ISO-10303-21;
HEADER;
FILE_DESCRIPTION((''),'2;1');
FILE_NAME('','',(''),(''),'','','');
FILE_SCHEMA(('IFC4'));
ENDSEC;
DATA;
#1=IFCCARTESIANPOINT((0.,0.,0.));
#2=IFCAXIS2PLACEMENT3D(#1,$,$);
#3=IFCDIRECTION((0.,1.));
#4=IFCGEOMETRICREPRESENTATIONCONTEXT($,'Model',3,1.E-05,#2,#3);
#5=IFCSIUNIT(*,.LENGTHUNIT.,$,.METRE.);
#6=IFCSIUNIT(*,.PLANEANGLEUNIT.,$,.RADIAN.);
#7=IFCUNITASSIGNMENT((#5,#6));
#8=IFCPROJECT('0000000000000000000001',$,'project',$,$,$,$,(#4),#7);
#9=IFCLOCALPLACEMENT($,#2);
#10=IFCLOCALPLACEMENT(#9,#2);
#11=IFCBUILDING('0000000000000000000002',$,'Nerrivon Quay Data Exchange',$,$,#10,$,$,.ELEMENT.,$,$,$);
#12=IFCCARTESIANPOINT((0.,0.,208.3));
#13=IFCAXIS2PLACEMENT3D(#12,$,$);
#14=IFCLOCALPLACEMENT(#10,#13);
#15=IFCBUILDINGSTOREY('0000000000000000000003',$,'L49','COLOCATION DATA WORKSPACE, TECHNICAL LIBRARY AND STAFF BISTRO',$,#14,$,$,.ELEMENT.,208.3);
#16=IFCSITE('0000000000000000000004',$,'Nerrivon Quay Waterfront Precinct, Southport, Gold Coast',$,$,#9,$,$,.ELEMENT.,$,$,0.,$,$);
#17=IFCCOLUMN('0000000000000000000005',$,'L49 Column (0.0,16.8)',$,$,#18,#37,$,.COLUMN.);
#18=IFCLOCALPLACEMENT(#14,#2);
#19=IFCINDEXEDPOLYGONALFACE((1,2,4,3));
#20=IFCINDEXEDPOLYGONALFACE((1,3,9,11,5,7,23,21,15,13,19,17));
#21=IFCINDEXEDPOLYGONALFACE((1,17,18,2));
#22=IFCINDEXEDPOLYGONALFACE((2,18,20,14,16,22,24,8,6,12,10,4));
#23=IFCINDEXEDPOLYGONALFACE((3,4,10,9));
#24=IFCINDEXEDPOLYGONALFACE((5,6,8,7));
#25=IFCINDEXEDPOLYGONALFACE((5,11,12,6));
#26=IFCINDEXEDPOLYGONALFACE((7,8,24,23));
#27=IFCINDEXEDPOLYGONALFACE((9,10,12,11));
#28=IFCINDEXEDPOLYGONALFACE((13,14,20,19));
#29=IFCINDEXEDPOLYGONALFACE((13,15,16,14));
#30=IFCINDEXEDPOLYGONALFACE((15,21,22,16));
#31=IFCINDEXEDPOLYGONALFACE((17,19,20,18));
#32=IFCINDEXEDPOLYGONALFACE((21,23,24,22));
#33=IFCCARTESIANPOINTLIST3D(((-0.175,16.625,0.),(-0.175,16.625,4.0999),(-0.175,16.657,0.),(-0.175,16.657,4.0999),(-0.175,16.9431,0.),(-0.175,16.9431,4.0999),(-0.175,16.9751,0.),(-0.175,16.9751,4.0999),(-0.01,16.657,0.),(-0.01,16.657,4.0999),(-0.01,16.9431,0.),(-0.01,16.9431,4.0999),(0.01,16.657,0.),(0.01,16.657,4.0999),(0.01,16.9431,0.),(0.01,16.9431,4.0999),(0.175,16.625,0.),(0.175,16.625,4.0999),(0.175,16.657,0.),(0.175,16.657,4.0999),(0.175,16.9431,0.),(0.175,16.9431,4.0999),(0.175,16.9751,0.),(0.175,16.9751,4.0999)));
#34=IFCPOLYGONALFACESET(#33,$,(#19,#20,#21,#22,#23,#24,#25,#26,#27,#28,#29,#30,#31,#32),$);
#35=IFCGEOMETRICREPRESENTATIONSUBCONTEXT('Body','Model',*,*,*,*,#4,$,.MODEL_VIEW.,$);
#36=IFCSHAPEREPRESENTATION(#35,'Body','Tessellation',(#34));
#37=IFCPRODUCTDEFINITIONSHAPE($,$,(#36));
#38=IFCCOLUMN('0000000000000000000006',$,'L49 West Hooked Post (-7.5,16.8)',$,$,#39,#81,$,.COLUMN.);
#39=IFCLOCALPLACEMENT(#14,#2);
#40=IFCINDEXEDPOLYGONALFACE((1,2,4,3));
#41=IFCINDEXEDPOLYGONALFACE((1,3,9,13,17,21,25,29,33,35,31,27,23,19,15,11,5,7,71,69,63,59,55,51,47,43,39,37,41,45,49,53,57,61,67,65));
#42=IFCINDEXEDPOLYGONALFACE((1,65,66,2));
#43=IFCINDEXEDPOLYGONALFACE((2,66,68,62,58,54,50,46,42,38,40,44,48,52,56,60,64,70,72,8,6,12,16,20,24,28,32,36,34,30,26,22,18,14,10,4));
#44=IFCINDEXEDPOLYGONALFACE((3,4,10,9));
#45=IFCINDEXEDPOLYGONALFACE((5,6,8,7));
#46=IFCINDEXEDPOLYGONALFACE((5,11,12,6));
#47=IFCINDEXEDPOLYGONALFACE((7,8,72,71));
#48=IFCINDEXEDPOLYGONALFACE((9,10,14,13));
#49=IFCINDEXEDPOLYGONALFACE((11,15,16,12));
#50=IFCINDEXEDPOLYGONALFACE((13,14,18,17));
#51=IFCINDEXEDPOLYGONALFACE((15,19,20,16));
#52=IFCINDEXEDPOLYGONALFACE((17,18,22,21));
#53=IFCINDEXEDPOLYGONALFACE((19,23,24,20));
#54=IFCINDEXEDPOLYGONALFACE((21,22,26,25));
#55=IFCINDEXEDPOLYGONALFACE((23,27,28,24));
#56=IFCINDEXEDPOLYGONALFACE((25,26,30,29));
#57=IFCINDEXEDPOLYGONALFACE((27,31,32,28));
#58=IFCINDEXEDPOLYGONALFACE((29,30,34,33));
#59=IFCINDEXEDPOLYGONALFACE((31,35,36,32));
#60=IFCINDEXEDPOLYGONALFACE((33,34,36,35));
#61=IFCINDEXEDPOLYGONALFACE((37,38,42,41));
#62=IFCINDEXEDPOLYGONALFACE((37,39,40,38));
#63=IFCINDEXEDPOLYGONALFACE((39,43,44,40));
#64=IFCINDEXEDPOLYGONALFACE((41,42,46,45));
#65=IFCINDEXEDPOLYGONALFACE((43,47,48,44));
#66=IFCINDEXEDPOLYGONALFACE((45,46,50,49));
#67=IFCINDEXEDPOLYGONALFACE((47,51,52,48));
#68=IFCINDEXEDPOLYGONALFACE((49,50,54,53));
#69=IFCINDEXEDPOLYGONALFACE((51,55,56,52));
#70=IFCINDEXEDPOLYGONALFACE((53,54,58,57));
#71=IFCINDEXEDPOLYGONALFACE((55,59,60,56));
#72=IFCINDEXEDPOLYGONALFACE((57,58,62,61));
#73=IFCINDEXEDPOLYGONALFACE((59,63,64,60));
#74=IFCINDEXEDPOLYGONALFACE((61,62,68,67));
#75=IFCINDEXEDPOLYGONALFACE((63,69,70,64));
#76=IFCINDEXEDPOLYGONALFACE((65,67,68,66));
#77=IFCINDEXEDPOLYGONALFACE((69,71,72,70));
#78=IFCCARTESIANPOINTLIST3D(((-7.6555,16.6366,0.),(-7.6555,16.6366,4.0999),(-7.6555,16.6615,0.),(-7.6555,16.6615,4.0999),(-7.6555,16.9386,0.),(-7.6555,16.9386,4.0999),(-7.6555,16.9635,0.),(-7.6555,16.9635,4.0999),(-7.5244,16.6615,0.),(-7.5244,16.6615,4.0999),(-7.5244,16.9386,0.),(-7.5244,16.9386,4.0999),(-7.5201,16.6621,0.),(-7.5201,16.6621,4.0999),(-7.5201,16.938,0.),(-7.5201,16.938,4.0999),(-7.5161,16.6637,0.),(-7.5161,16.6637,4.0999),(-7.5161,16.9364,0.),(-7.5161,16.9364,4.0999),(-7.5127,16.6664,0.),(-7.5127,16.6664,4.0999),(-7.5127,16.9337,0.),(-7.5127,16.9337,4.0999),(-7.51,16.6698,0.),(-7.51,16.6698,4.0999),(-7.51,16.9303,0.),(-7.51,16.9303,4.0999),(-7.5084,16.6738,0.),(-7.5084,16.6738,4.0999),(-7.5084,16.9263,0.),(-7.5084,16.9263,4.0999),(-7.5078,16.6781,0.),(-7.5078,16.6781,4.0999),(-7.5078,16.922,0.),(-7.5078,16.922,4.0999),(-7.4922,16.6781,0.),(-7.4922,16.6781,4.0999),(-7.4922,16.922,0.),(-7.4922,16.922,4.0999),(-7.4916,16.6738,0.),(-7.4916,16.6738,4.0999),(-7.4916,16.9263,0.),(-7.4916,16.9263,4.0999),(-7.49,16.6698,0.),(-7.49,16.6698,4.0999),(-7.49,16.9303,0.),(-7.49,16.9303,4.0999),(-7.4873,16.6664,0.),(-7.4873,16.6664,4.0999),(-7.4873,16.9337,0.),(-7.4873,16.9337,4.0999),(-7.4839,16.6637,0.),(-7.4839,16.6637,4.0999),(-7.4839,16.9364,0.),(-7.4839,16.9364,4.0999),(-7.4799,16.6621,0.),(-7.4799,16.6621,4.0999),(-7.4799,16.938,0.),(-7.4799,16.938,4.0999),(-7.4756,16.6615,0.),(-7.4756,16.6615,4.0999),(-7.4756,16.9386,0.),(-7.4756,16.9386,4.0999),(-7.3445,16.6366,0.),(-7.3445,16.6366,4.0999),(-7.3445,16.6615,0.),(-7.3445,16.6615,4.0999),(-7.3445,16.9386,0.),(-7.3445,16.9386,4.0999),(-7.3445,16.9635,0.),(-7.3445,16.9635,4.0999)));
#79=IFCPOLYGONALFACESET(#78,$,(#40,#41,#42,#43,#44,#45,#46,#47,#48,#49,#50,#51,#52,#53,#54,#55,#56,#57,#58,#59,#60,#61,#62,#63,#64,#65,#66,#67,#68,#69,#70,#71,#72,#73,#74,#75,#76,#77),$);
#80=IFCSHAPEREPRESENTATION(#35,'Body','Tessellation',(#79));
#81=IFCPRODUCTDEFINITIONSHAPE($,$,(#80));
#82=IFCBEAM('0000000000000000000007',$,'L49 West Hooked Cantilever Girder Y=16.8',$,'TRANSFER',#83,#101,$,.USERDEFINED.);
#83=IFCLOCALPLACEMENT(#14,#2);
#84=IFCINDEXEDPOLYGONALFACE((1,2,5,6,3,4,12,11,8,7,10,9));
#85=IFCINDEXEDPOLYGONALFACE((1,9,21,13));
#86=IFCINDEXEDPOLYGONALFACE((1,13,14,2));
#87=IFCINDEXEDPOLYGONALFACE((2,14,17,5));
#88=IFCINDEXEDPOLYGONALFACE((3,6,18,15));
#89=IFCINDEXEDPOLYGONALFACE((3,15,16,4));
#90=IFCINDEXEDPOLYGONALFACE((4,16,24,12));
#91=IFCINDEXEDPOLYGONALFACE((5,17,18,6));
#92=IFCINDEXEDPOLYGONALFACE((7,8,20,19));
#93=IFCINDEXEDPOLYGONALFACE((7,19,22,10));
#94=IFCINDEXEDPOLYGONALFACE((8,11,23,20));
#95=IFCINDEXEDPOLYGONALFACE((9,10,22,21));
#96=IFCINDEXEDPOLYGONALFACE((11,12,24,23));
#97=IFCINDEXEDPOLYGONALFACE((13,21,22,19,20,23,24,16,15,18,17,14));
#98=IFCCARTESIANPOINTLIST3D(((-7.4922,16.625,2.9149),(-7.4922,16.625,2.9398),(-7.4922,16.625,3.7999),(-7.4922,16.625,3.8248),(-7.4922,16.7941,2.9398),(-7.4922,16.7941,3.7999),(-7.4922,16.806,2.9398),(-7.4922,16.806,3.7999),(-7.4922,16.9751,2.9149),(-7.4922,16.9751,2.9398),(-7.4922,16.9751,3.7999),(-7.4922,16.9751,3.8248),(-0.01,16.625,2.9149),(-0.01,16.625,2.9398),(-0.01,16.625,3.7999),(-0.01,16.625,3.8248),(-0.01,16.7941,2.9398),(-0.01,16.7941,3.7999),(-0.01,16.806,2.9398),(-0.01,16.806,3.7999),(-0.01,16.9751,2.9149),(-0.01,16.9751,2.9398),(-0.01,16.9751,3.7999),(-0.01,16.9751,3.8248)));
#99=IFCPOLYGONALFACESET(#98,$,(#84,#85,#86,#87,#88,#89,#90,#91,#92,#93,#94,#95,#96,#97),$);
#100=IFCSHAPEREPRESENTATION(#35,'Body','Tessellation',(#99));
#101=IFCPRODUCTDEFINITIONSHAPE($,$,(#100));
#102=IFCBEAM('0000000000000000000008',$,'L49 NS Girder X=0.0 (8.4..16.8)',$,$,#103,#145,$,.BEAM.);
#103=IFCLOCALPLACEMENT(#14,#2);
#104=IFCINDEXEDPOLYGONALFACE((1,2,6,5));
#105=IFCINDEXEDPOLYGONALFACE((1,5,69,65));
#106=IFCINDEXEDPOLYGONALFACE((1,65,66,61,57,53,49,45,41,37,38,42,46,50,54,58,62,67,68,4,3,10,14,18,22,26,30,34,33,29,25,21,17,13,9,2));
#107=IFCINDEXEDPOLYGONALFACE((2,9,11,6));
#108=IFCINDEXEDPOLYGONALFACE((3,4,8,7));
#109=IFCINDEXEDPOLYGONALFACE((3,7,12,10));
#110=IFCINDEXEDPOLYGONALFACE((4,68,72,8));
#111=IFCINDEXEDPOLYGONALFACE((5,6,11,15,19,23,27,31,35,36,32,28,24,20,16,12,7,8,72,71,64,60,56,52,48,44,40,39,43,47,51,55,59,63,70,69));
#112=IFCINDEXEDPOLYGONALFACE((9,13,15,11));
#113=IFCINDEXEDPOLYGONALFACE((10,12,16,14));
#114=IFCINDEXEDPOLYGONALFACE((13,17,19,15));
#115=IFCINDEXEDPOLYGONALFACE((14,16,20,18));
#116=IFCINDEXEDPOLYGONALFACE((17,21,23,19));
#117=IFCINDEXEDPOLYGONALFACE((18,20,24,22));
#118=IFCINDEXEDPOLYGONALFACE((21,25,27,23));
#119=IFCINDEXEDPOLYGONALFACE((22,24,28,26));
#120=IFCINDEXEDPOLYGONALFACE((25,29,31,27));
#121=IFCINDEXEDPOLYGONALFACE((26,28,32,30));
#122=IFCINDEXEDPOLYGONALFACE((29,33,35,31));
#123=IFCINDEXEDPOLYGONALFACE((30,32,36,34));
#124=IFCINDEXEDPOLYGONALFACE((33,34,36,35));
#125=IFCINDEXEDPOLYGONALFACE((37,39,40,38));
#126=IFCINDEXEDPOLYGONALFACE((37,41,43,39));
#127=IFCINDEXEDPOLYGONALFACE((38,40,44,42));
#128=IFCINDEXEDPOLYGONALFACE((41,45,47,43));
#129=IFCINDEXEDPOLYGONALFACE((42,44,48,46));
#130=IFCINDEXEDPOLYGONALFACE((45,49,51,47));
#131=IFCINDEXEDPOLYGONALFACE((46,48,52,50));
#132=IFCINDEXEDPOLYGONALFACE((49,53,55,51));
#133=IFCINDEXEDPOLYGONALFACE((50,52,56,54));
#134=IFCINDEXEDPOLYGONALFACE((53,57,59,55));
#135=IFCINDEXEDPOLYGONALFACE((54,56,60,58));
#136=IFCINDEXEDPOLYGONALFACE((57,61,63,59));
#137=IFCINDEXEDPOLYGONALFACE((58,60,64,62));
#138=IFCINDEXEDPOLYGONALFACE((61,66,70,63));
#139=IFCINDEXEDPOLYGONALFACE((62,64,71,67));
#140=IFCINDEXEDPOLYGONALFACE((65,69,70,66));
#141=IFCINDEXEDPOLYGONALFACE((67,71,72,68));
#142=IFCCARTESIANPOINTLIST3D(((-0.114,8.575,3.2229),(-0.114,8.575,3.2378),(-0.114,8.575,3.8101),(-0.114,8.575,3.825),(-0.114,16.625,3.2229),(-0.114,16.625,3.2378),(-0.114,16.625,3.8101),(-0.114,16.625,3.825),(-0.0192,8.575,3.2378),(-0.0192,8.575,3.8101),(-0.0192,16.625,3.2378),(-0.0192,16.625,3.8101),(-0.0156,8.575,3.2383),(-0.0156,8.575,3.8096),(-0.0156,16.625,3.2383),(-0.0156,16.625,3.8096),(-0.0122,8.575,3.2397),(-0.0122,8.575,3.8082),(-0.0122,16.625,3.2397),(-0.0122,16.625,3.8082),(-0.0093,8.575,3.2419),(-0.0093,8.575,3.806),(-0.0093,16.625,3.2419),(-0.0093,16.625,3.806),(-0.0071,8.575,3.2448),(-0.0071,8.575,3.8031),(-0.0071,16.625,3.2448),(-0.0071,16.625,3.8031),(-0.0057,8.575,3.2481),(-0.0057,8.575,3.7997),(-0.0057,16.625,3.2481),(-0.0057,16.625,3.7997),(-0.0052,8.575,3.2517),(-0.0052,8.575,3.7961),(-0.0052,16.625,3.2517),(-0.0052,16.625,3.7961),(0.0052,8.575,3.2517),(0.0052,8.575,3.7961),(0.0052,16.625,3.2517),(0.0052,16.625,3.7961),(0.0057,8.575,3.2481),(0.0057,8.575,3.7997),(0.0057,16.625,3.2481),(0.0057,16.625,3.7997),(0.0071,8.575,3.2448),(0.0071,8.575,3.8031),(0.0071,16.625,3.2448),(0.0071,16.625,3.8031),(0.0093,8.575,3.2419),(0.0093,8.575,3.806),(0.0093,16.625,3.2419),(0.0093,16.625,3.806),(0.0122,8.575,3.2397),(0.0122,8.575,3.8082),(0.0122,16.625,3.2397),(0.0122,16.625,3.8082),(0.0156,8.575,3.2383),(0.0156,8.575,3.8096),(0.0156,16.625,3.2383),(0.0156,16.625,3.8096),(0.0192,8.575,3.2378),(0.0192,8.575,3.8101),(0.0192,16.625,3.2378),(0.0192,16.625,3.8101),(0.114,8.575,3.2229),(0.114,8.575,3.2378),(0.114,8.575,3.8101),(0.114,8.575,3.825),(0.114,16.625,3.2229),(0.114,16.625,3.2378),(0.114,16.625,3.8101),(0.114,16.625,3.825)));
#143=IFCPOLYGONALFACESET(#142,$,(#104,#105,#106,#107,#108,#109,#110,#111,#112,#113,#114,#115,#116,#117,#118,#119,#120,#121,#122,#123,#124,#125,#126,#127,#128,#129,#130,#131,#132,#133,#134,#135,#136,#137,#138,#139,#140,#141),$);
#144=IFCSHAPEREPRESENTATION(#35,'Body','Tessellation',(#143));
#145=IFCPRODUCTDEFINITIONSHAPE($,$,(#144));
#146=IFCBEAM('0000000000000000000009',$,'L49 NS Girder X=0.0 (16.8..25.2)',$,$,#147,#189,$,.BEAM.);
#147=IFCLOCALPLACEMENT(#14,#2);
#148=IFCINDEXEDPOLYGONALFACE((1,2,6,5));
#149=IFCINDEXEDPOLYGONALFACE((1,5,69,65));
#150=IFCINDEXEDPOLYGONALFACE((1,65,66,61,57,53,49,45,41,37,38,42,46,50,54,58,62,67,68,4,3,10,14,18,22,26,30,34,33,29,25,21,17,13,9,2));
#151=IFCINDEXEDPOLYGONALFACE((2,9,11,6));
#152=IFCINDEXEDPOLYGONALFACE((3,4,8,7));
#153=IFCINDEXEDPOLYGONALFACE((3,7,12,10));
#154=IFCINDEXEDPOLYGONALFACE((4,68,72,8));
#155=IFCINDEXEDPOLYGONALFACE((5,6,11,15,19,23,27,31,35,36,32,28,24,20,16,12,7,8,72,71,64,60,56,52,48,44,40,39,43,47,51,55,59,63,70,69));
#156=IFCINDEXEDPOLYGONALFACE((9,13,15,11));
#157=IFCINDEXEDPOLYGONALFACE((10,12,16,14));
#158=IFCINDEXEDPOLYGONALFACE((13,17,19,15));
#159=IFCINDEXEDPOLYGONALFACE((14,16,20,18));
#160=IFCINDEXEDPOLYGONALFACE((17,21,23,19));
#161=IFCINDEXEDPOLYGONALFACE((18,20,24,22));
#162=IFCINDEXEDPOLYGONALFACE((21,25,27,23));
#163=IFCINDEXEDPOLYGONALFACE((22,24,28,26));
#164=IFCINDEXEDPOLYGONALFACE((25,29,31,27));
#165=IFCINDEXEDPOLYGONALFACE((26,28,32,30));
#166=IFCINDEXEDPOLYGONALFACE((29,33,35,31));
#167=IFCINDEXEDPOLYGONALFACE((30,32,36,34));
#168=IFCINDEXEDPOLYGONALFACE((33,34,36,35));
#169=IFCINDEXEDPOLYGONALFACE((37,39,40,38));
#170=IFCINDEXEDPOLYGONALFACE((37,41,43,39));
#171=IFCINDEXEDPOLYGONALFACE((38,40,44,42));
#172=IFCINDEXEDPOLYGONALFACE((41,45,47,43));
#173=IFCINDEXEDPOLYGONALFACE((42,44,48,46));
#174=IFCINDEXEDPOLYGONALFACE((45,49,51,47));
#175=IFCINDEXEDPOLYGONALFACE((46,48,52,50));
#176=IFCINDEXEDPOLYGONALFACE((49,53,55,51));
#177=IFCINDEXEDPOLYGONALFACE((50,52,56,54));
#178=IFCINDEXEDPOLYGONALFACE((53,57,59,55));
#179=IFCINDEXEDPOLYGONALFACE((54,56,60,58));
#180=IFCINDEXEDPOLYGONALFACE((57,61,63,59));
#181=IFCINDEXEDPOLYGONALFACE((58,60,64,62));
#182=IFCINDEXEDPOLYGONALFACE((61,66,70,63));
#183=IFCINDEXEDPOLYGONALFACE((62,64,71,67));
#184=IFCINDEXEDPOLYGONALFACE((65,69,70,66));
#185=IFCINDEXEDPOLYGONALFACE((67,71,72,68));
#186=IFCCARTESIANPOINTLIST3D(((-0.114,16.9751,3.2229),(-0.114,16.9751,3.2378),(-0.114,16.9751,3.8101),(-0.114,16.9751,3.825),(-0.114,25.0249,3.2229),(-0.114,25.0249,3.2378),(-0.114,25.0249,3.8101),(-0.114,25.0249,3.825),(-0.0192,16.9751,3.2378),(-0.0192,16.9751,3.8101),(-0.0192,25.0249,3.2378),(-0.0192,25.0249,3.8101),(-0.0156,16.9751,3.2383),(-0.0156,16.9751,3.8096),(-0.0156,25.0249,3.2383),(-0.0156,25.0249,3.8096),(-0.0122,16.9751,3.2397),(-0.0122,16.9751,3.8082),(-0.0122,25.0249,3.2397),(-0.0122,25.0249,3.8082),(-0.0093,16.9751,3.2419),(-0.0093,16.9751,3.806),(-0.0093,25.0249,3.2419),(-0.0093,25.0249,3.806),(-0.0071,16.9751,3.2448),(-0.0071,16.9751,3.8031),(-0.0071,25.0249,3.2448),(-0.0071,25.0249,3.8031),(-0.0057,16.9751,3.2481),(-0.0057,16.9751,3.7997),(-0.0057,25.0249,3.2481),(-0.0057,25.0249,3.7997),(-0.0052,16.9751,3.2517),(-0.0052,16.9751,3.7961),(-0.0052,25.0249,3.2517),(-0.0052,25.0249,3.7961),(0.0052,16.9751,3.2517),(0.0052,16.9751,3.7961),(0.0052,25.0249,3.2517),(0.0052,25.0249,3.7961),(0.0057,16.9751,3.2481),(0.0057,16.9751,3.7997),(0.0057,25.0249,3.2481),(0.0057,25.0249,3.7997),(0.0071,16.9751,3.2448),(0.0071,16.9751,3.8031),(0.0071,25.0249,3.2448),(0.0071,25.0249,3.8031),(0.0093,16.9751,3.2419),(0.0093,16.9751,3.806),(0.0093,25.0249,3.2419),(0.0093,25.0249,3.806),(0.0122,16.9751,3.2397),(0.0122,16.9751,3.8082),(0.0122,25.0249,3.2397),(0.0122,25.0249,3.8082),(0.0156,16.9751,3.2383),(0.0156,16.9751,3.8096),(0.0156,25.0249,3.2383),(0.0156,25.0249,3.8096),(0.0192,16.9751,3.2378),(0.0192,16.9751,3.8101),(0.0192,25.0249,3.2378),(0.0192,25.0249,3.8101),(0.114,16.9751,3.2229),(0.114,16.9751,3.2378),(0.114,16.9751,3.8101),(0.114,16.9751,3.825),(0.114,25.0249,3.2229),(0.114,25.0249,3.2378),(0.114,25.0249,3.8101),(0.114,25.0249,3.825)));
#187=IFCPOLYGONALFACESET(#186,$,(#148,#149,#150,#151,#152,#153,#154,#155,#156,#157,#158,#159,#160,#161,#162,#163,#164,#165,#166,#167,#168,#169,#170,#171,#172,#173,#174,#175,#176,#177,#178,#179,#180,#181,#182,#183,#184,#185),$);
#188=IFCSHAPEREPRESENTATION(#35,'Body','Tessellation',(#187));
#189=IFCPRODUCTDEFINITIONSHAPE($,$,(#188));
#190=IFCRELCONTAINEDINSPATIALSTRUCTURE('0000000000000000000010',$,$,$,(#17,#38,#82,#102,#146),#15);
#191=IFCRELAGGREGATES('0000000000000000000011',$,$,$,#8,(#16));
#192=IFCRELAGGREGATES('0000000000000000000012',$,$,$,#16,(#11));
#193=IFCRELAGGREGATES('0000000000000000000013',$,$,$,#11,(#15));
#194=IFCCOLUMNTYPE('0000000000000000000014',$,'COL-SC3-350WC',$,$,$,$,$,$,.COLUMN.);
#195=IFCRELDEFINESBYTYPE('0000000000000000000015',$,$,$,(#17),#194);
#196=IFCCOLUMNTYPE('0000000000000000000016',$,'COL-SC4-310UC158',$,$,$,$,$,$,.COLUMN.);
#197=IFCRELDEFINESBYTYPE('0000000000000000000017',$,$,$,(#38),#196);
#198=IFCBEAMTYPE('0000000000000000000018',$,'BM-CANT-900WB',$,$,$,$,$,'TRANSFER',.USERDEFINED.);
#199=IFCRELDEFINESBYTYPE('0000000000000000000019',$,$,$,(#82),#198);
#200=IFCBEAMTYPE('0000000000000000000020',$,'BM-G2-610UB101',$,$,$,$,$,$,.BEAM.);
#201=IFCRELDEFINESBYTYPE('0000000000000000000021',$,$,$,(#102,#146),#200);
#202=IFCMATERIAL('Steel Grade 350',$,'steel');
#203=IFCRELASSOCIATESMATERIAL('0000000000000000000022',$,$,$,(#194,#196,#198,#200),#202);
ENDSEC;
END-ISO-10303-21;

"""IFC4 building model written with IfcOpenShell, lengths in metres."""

from ifc_helpers import new_model, si_unit, direction, frame, origin, origin_2d, place, context, subcontext, project, spatial, i_section, extrude, material, material_profile, profile_set, type_object, element, save


model = new_model("IFC4")

# Units and contexts
model_context = context("Model", 3, precision=1e-05, world=origin(), true_north=direction((0.0, 1.0)))
body_context = subcontext(model_context, "Body", "Model", "MODEL_VIEW")
ifc_project = project(units=[si_unit("LENGTHUNIT", "METRE"), si_unit("PLANEANGLEUNIT", "RADIAN")], contexts=[model_context])

# Site, building, storey
site_placement = place(None, origin())
site = spatial("IfcSite", under=ifc_project, at=site_placement, Name="Nerrivon Quay Waterfront Precinct, Southport, Gold Coast", CompositionType="ELEMENT", RefElevation=0.0)
building_placement = place(site_placement, origin())
building = spatial("IfcBuilding", under=site, at=building_placement, Name="Nerrivon Quay Data Exchange", CompositionType="ELEMENT")
storey_placement = place(building_placement, frame((0.0, 0.0, 208.3)))
storey = spatial("IfcBuildingStorey", under=building, at=storey_placement, Name="L49", Description="COLOCATION DATA WORKSPACE, TECHNICAL LIBRARY AND STAFF BISTRO", CompositionType="ELEMENT", Elevation=208.3)

# Columns
ifc_material_1 = material(Name="Steel Grade 350", Category="steel")
ifc_material_profile_1 = material_profile(ifc_material_1, i_section(OverallWidth=0.3501, OverallDepth=0.3501, WebThickness=0.02, FlangeThickness=0.032, at=origin_2d()), Name="350WC230")
ifc_profile_set_1 = profile_set([ifc_material_profile_1], Name="Steel Grade 350")
column_type_1 = type_object("IfcColumnType", Name="COL-SC3-350WC", PredefinedType="COLUMN", material=ifc_profile_set_1)
column_1_placement = place(storey_placement, frame((0.0, 16.8, 0.0), z_axis=(0.0, 0.0, 1.0), x_axis=(1.0, 0.0, 0.0)))
element("IfcColumn", 1, at=column_1_placement, inside=storey, type_object=column_type_1, Name="L49 Column (0.0,16.8)", PredefinedType="COLUMN", context=body_context, shape_type="SweptSolid", body=[
    extrude(i_section(OverallWidth=0.3501, OverallDepth=0.3501, WebThickness=0.02, FlangeThickness=0.032, at=origin_2d()), origin(), (0.0, 0.0, 1.0), 4.0999),
])
ifc_material_profile_2 = material_profile(ifc_material_1, i_section(OverallWidth=0.311, OverallDepth=0.3269, WebThickness=0.0156, FlangeThickness=0.0249, FilletRadius=0.0166, at=origin_2d()), Name="310UC158")
ifc_profile_set_2 = profile_set([ifc_material_profile_2], Name="Steel Grade 350")
column_type_2 = type_object("IfcColumnType", Name="COL-SC4-310UC158", PredefinedType="COLUMN", material=ifc_profile_set_2)
column_2_placement = place(storey_placement, frame((-7.5, 16.8, 0.0), z_axis=(0.0, 0.0, 1.0), x_axis=(1.0, 0.0, 0.0)))
element("IfcColumn", 2, at=column_2_placement, inside=storey, type_object=column_type_2, Name="L49 West Hooked Post (-7.5,16.8)", PredefinedType="COLUMN", context=body_context, shape_type="SweptSolid", body=[
    extrude(i_section(OverallWidth=0.311, OverallDepth=0.3269, WebThickness=0.0156, FlangeThickness=0.0249, FilletRadius=0.0166, at=origin_2d()), origin(), (0.0, 0.0, 1.0), 4.0999),
])

# Beams
ifc_material_profile_3 = material_profile(ifc_material_1, i_section(OverallWidth=0.3501, OverallDepth=0.9099, WebThickness=0.012, FlangeThickness=0.0249, at=origin_2d()), Name="900WB218")
ifc_profile_set_3 = profile_set([ifc_material_profile_3], Name="Steel Grade 350")
beam_type_1 = type_object("IfcBeamType", Name="BM-CANT-900WB", ElementType="TRANSFER", PredefinedType="USERDEFINED", material=ifc_profile_set_3)
beam_1_placement = place(storey_placement, frame((-0.01, 16.8, 3.3699), z_axis=(-1.0, 0.0, 0.0), x_axis=(0.0, -1.0, 0.0)))
element("IfcBeam", 3, at=beam_1_placement, inside=storey, type_object=beam_type_1, Name="L49 West Hooked Cantilever Girder Y=16.8", ObjectType="TRANSFER", PredefinedType="USERDEFINED", context=body_context, shape_type="SweptSolid", body=[
    extrude(i_section(OverallWidth=0.3501, OverallDepth=0.9099, WebThickness=0.012, FlangeThickness=0.0249, at=origin_2d()), origin(), (0.0, 0.0, 1.0), 7.4822),
])
ifc_material_profile_4 = material_profile(ifc_material_1, i_section(OverallWidth=0.228, OverallDepth=0.6021, WebThickness=0.0105, FlangeThickness=0.0149, FilletRadius=0.0139, at=origin_2d()), Name="610UB101")
ifc_profile_set_4 = profile_set([ifc_material_profile_4], Name="Steel Grade 350")
beam_type_2 = type_object("IfcBeamType", Name="BM-G2-610UB101", PredefinedType="BEAM", material=ifc_profile_set_4)
beam_2_placement = place(storey_placement, frame((0.0, 8.575, 3.5239), z_axis=(0.0, 1.0, 0.0), x_axis=(-1.0, 0.0, 0.0)))
element("IfcBeam", 4, at=beam_2_placement, inside=storey, type_object=beam_type_2, Name="L49 NS Girder X=0.0 (8.4..16.8)", PredefinedType="BEAM", context=body_context, shape_type="SweptSolid", body=[
    extrude(i_section(OverallWidth=0.228, OverallDepth=0.6021, WebThickness=0.0105, FlangeThickness=0.0149, FilletRadius=0.0139, at=origin_2d()), origin(), (0.0, 0.0, 1.0), 8.05),
])
beam_3_placement = place(storey_placement, frame((0.0, 16.9751, 3.5239), z_axis=(0.0, 1.0, 0.0), x_axis=(-1.0, 0.0, 0.0)))
element("IfcBeam", 5, at=beam_3_placement, inside=storey, type_object=beam_type_2, Name="L49 NS Girder X=0.0 (16.8..25.2)", PredefinedType="BEAM", context=body_context, shape_type="SweptSolid", body=[
    extrude(i_section(OverallWidth=0.228, OverallDepth=0.6021, WebThickness=0.0105, FlangeThickness=0.0149, FilletRadius=0.0139, at=origin_2d()), origin(), (0.0, 0.0, 1.0), 8.0498),
])

save(model, "model.ifc")
